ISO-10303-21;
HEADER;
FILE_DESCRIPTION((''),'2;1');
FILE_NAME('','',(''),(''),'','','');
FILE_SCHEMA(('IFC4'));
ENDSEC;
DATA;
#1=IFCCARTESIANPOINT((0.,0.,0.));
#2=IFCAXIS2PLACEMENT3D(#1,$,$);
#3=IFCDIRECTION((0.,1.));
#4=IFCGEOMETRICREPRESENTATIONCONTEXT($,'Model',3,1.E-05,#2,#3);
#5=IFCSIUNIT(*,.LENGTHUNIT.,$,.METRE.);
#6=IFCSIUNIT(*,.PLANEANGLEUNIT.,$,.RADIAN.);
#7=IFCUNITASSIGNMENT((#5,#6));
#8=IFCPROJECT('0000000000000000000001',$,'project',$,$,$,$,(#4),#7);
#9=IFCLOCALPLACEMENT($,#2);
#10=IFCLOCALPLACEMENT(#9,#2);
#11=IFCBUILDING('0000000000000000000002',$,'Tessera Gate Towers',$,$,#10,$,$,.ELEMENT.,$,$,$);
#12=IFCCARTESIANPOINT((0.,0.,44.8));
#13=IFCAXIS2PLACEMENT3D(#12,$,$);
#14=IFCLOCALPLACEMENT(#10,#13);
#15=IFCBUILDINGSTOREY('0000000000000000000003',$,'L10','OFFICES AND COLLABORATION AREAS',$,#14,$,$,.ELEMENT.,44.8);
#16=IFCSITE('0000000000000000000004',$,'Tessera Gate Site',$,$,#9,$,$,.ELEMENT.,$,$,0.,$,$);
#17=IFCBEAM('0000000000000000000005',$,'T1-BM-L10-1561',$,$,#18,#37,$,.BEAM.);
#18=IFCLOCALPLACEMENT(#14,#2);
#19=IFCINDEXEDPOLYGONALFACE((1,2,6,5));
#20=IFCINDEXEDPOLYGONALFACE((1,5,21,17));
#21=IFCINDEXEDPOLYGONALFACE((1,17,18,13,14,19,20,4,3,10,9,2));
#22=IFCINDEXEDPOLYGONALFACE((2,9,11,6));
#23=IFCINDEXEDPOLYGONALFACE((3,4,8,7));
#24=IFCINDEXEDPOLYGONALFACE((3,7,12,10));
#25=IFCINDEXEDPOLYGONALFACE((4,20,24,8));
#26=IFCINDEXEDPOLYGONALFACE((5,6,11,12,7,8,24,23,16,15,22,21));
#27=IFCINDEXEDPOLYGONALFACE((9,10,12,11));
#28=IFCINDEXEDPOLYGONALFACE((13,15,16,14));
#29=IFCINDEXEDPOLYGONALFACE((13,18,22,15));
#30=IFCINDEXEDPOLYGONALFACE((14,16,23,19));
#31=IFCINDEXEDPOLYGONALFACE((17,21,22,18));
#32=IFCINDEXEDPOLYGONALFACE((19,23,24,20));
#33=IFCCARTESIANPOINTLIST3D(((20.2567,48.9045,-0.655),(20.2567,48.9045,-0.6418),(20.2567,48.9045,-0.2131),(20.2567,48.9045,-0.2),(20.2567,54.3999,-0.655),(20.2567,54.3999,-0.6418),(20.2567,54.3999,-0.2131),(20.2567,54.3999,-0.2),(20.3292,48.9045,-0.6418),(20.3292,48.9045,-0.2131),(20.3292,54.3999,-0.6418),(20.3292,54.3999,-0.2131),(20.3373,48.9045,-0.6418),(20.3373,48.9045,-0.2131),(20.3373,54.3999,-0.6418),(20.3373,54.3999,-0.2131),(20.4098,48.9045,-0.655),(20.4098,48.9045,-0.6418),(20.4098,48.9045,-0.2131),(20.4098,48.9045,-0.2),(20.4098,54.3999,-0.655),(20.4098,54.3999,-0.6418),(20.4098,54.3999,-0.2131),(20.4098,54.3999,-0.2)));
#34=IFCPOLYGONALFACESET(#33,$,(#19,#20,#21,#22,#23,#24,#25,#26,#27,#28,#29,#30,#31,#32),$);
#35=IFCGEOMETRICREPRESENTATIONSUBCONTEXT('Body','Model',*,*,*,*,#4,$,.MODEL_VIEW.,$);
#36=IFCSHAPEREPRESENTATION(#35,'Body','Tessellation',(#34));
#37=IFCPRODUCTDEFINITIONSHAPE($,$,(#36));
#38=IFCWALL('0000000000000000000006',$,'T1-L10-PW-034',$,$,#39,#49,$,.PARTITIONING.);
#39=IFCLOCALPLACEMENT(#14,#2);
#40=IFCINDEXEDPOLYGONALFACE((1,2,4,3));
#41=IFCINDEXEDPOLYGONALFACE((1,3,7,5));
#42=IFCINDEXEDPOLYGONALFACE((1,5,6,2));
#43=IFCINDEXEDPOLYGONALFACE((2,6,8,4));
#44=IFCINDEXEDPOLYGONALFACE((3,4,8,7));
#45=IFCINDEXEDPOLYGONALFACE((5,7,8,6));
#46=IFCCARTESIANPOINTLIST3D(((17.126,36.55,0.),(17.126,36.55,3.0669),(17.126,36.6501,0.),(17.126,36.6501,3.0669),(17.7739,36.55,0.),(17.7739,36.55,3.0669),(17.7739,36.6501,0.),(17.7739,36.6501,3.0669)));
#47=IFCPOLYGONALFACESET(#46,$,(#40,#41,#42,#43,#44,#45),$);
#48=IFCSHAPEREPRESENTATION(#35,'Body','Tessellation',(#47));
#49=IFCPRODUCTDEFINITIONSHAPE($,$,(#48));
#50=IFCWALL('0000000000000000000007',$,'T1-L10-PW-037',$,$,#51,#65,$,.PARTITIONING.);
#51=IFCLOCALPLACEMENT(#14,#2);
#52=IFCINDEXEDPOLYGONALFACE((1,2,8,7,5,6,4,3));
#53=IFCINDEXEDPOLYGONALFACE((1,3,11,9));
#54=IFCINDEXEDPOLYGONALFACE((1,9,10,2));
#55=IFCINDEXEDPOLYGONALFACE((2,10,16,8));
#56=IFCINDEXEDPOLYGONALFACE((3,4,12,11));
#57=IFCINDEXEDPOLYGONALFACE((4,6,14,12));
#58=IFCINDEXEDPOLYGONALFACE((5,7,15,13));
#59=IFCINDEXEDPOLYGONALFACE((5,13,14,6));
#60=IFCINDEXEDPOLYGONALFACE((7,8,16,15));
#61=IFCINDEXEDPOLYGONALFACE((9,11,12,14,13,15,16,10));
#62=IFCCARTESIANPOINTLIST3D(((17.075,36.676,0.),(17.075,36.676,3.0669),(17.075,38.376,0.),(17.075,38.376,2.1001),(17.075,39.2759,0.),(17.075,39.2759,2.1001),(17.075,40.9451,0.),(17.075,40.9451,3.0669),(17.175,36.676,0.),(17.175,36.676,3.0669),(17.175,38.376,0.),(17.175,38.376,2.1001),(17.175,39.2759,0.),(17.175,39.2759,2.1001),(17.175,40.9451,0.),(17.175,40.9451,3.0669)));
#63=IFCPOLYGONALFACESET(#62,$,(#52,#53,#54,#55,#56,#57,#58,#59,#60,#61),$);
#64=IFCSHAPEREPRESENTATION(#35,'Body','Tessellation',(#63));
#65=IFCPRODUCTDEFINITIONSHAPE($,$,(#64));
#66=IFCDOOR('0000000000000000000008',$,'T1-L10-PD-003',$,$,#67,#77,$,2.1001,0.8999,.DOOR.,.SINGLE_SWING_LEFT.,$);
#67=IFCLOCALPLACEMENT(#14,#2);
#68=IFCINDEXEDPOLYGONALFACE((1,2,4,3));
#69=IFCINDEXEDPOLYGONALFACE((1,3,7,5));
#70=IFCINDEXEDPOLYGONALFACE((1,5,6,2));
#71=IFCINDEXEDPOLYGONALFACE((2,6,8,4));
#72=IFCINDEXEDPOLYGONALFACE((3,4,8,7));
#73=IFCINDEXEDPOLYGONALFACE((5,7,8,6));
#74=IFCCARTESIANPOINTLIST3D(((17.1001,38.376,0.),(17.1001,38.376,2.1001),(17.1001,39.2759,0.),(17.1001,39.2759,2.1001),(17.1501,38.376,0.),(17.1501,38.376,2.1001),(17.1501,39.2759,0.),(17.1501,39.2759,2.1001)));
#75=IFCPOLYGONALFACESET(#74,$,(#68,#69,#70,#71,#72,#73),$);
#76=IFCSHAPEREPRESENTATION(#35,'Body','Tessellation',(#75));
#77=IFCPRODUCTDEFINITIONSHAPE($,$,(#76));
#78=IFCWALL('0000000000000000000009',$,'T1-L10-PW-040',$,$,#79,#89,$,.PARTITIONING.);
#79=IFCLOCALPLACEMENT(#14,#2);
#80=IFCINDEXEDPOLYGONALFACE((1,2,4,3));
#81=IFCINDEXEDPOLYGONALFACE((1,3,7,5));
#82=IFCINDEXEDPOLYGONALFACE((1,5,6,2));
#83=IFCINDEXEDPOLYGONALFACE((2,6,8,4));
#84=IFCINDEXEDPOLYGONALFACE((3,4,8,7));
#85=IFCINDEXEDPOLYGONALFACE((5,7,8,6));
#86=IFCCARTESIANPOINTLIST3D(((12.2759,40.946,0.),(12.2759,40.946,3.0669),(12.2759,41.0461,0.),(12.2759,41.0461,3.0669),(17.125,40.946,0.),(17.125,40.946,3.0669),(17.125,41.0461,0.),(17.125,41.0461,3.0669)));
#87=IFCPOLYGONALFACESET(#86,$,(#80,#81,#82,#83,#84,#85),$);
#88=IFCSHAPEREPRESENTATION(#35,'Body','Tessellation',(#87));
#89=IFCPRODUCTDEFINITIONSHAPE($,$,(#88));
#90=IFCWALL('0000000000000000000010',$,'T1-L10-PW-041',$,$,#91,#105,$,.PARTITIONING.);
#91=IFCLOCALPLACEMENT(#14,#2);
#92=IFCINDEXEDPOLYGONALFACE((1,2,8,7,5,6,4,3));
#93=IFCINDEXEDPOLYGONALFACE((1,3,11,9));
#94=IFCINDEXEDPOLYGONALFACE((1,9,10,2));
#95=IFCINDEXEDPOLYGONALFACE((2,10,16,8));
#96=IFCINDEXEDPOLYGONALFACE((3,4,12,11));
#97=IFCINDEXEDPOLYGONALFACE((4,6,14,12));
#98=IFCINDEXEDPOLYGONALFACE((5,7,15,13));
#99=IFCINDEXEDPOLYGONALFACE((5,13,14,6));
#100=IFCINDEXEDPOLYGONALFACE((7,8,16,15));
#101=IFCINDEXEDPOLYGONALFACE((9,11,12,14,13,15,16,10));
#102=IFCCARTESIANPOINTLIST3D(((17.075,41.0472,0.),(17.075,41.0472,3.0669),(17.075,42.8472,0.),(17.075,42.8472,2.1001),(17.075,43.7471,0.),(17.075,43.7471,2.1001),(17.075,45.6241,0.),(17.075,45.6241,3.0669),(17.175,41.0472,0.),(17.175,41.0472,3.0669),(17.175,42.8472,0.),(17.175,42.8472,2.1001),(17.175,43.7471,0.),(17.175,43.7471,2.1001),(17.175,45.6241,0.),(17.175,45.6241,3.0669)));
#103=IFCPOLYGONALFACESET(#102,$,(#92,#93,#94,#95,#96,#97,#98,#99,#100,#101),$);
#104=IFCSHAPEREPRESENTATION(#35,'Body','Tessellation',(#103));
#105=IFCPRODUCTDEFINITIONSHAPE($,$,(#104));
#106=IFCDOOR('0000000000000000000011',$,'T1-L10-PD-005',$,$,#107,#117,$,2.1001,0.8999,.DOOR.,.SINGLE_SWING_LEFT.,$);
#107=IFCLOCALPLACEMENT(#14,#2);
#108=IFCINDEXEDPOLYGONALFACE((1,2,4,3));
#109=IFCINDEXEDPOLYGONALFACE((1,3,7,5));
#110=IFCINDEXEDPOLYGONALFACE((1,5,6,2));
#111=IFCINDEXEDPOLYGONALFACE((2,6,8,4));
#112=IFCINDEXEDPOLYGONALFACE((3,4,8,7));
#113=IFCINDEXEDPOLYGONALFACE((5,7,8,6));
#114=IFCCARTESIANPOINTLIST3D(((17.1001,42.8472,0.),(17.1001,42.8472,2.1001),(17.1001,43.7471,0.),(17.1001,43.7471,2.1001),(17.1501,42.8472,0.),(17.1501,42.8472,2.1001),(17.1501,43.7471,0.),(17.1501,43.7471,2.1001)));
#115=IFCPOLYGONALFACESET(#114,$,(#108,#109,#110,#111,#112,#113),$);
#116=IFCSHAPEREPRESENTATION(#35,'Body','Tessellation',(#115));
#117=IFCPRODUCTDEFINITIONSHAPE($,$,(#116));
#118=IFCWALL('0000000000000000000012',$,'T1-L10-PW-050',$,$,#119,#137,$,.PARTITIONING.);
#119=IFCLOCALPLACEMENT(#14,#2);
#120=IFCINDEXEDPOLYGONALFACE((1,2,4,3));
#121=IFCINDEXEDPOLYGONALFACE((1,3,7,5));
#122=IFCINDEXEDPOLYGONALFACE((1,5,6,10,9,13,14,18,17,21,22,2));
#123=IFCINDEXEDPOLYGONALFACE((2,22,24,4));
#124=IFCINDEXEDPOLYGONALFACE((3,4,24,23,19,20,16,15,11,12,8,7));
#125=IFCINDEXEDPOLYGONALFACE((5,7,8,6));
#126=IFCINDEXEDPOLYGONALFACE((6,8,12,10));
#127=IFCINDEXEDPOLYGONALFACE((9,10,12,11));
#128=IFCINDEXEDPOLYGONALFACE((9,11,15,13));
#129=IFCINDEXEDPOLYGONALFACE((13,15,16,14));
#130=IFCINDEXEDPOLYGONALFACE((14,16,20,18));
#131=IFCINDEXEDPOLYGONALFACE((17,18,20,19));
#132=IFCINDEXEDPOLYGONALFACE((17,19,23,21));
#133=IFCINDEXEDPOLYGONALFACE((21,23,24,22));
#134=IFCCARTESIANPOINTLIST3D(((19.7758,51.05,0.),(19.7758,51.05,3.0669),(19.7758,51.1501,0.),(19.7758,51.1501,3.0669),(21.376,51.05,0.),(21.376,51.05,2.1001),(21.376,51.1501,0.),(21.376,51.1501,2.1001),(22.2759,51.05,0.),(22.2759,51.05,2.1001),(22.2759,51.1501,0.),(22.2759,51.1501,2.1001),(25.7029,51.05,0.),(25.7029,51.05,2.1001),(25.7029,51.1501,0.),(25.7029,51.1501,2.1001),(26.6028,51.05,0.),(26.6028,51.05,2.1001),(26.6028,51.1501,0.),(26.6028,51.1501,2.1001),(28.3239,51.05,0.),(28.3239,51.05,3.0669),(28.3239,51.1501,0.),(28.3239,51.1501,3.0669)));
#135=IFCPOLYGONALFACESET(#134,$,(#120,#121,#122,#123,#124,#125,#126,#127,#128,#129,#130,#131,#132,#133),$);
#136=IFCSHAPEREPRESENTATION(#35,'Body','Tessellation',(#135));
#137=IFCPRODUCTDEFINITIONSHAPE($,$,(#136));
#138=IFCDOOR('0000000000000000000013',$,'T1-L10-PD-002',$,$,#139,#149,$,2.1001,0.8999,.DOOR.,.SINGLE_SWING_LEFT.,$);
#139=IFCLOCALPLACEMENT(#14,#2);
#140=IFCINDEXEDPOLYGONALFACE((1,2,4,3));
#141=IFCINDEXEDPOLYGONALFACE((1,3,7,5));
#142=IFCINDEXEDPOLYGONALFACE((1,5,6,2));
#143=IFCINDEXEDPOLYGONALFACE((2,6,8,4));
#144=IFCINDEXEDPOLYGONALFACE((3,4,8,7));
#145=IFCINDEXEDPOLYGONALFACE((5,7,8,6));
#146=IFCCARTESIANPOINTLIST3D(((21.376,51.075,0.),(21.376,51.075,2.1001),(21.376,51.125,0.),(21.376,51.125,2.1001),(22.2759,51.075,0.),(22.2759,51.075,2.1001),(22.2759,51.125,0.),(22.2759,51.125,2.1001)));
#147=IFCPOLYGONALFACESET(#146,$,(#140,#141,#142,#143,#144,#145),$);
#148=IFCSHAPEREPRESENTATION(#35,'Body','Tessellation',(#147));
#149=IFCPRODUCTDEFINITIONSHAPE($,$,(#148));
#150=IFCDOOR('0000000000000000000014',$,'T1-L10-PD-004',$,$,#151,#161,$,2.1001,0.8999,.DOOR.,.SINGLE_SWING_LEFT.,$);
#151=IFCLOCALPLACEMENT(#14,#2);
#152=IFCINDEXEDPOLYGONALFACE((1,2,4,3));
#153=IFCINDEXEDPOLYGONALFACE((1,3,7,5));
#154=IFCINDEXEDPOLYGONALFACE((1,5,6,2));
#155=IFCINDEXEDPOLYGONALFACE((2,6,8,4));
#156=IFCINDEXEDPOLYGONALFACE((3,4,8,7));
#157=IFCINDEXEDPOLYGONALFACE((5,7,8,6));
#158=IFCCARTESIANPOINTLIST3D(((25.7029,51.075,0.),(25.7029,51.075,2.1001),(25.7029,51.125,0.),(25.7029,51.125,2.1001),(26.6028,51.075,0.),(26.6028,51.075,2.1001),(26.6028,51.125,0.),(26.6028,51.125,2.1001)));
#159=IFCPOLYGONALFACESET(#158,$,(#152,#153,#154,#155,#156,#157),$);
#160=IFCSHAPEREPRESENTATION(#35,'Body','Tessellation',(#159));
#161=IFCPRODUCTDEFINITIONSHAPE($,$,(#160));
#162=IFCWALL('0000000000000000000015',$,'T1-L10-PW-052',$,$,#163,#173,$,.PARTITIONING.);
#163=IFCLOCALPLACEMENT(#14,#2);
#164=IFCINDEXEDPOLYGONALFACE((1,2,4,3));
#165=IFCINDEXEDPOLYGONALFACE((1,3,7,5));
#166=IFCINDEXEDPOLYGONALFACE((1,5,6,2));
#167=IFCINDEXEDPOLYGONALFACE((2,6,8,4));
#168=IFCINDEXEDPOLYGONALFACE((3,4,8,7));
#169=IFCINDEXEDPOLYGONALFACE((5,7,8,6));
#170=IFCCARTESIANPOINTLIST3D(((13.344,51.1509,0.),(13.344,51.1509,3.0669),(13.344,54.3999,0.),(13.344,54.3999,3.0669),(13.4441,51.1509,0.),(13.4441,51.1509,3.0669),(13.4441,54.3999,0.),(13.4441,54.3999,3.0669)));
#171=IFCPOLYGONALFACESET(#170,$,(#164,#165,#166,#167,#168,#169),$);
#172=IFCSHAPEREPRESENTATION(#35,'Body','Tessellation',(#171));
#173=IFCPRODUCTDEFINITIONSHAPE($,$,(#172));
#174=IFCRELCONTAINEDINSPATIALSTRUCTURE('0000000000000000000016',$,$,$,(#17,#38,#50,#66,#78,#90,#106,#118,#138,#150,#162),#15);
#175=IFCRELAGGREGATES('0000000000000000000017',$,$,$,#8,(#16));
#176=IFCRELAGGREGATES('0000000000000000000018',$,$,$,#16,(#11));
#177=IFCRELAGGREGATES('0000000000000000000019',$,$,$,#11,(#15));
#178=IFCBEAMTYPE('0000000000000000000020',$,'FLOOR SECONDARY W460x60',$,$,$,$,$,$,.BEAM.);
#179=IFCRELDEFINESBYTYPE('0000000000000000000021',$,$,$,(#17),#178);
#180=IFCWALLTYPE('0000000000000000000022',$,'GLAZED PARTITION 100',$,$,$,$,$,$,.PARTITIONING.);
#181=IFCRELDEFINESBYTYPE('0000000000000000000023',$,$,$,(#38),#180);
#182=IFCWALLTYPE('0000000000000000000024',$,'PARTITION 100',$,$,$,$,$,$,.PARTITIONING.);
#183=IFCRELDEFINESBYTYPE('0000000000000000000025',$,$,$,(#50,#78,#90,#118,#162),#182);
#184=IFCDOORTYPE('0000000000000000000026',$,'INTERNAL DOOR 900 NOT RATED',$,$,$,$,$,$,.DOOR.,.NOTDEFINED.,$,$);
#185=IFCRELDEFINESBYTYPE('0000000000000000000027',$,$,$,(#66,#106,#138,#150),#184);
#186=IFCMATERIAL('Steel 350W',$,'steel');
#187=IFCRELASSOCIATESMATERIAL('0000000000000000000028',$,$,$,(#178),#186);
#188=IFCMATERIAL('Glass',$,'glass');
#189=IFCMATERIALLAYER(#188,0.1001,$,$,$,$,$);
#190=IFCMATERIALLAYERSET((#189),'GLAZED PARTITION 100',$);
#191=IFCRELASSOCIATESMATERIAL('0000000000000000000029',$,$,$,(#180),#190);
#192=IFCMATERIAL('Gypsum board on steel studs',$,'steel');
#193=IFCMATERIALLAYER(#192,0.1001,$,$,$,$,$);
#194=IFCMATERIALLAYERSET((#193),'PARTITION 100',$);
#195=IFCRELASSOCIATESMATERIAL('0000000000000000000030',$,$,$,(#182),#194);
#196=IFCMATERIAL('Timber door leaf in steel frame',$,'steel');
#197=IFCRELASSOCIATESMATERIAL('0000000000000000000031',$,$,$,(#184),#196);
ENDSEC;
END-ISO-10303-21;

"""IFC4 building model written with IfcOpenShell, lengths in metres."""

from ifc_helpers import new_model, si_unit, direction, frame, frame_2d, origin, origin_2d, place, context, subcontext, project, spatial, rectangle, i_section, extrude, source, transform, mapped, material, layer, layer_set, material_profile, profile_set, type_object, element, fill, save


model = new_model("IFC4")

# Units and contexts
model_context = context("Model", 3, precision=1e-05, world=origin(), true_north=direction((0.0, 1.0)))
body_context = subcontext(model_context, "Body", "Model", "MODEL_VIEW")
ifc_project = project(units=[si_unit("LENGTHUNIT", "METRE"), si_unit("PLANEANGLEUNIT", "RADIAN")], contexts=[model_context])

# Site, building, storey
site_placement = place(None, origin())
site = spatial("IfcSite", under=ifc_project, at=site_placement, Name="Tessera Gate Site", CompositionType="ELEMENT", RefElevation=0.0)
building_placement = place(site_placement, origin())
building = spatial("IfcBuilding", under=site, at=building_placement, Name="Tessera Gate Towers", CompositionType="ELEMENT")
storey_placement = place(building_placement, frame((0.0, 0.0, 44.8)))
storey = spatial("IfcBuildingStorey", under=building, at=storey_placement, Name="L10", Description="OFFICES AND COLLABORATION AREAS", CompositionType="ELEMENT", Elevation=44.8)

# Beam
ifc_material_1 = material(Name="Steel 350W", Category="steel")
ifc_material_profile_1 = material_profile(ifc_material_1, i_section(OverallWidth=0.1531, OverallDepth=0.4551, WebThickness=0.0081, FlangeThickness=0.0132, at=origin_2d()), Name="W460x60")
ifc_profile_set_1 = profile_set([ifc_material_profile_1], Name="Steel 350W")
beam_type_1 = type_object("IfcBeamType", Name="FLOOR SECONDARY W460x60", PredefinedType="BEAM", material=ifc_profile_set_1)
beam_1_placement = place(storey_placement, frame((20.3333, 48.9045, -0.4275), z_axis=(0.0, 1.0, 0.0), x_axis=(-1.0, 0.0, 0.0)))
element("IfcBeam", 1, at=beam_1_placement, inside=storey, type_object=beam_type_1, Name="T1-BM-L10-1561", PredefinedType="BEAM", context=body_context, shape_type="SweptSolid", body=[
    extrude(i_section(OverallWidth=0.1531, OverallDepth=0.4551, WebThickness=0.0081, FlangeThickness=0.0132, at=origin_2d()), origin(), (0.0, 0.0, 1.0), 5.4954),
])

# Wall
ifc_material_2 = material(Name="Glass", Category="glass")
ifc_layer_1 = layer(ifc_material_2, 0.1001)
ifc_layer_set_1 = layer_set([ifc_layer_1], Name="GLAZED PARTITION 100")
wall_type_1 = type_object("IfcWallType", Name="GLAZED PARTITION 100", PredefinedType="PARTITIONING", material=ifc_layer_set_1)
wall_1_placement = place(storey_placement, frame((17.126, 36.6001, 0.0), z_axis=(0.0, 0.0, 1.0), x_axis=(1.0, 0.0, 0.0)))
element("IfcWall", 2, at=wall_1_placement, inside=storey, type_object=wall_type_1, Name="T1-L10-PW-034", PredefinedType="PARTITIONING", context=body_context, shape_type="SweptSolid", body=[
    extrude(rectangle(XDim=0.6479, YDim=0.1001, at=frame_2d((0.324, 0.0))), origin(), (0.0, 0.0, 1.0), 3.0669),
])

# Wall, opening, door
ifc_material_3 = material(Name="Gypsum board on steel studs", Category="steel")
ifc_layer_2 = layer(ifc_material_3, 0.1001)
ifc_layer_set_2 = layer_set([ifc_layer_2], Name="PARTITION 100")
wall_type_2 = type_object("IfcWallType", Name="PARTITION 100", PredefinedType="PARTITIONING", material=ifc_layer_set_2)
wall_2_placement = place(storey_placement, frame((17.125, 36.676, 0.0), z_axis=(0.0, 0.0, 1.0), x_axis=(0.0, 1.0, 0.0)))
wall_2 = element("IfcWall", 3, at=wall_2_placement, inside=storey, type_object=wall_type_2, Name="T1-L10-PW-037", PredefinedType="PARTITIONING", context=body_context, shape_type="SweptSolid", body=[
    extrude(rectangle(XDim=4.269, YDim=0.1001, at=frame_2d((2.1345, 0.0))), origin(), (0.0, 0.0, 1.0), 3.0669),
])
shared_shape_1 = source(origin(), body_context, "Body", "SweptSolid", [
    extrude(rectangle(XDim=0.8999, YDim=2.1001, at=frame_2d((0.45, 1.05))), frame((0.0, 0.0601, 0.0), z_axis=(0.0, -1.0, 0.0), x_axis=(1.0, 0.0, 0.0)), (0.0, 0.0, 1.0), 0.1201),
])
opening_1_placement = place(wall_2_placement, frame((1.7, 0.0, 0.0)))
opening_1 = element("IfcOpeningElement", 4, at=opening_1_placement, cuts=wall_2, PredefinedType="OPENING", context=body_context, shape_type="MappedRepresentation", body=[
    mapped(shared_shape_1, transform((0.0, 0.0, 0.0), scale=1.0)),
])
ifc_material_4 = material(Name="Timber door leaf in steel frame", Category="steel")
door_type = type_object("IfcDoorType", Name="INTERNAL DOOR 900 NOT RATED", OperationType="NOTDEFINED", PredefinedType="DOOR", material=ifc_material_4)
shared_shape_2 = source(origin(), body_context, "Body", "SweptSolid", [
    extrude(rectangle(XDim=0.8999, YDim=2.1001, at=frame_2d((0.45, 1.05))), frame((0.0, 0.0249, 0.0), z_axis=(0.0, -1.0, 0.0), x_axis=(1.0, 0.0, 0.0)), (0.0, 0.0, 1.0), 0.05),
])
door_1_placement = place(opening_1_placement, origin())
door_1 = element("IfcDoor", 5, at=door_1_placement, inside=storey, type_object=door_type, Name="T1-L10-PD-003", OperationType="SINGLE_SWING_LEFT", OverallHeight=2.1001, OverallWidth=0.8999, PredefinedType="DOOR", context=body_context, shape_type="MappedRepresentation", body=[
    mapped(shared_shape_2, transform((0.0, 0.0, 0.0), scale=1.0)),
])
fill(opening_1, door_1)

# Wall
wall_3_placement = place(storey_placement, frame((12.2759, 40.9961, 0.0), z_axis=(0.0, 0.0, 1.0), x_axis=(1.0, 0.0, 0.0)))
element("IfcWall", 6, at=wall_3_placement, inside=storey, type_object=wall_type_2, Name="T1-L10-PW-040", PredefinedType="PARTITIONING", context=body_context, shape_type="SweptSolid", body=[
    extrude(rectangle(XDim=4.8491, YDim=0.1001, at=frame_2d((2.4246, 0.0))), origin(), (0.0, 0.0, 1.0), 3.0669),
])

# Wall, opening, door
wall_4_placement = place(storey_placement, frame((17.125, 41.0471, 0.0), z_axis=(0.0, 0.0, 1.0), x_axis=(0.0, 1.0, 0.0)))
wall_4 = element("IfcWall", 7, at=wall_4_placement, inside=storey, type_object=wall_type_2, Name="T1-L10-PW-041", PredefinedType="PARTITIONING", context=body_context, shape_type="SweptSolid", body=[
    extrude(rectangle(XDim=4.5769, YDim=0.1001, at=frame_2d((2.2886, 0.0))), origin(), (0.0, 0.0, 1.0), 3.0669),
])
opening_2_placement = place(wall_4_placement, frame((1.8, 0.0, 0.0)))
opening_2 = element("IfcOpeningElement", 8, at=opening_2_placement, cuts=wall_4, PredefinedType="OPENING", context=body_context, shape_type="MappedRepresentation", body=[
    mapped(shared_shape_1, transform((0.0, 0.0, 0.0), scale=1.0)),
])
door_2_placement = place(opening_2_placement, origin())
door_2 = element("IfcDoor", 9, at=door_2_placement, inside=storey, type_object=door_type, Name="T1-L10-PD-005", OperationType="SINGLE_SWING_LEFT", OverallHeight=2.1001, OverallWidth=0.8999, PredefinedType="DOOR", context=body_context, shape_type="MappedRepresentation", body=[
    mapped(shared_shape_2, transform((0.0, 0.0, 0.0), scale=1.0)),
])
fill(opening_2, door_2)

# Wall, openings, doors
wall_5_placement = place(storey_placement, frame((19.7759, 51.1001, 0.0), z_axis=(0.0, 0.0, 1.0), x_axis=(1.0, 0.0, 0.0)))
wall_5 = element("IfcWall", 10, at=wall_5_placement, inside=storey, type_object=wall_type_2, Name="T1-L10-PW-050", PredefinedType="PARTITIONING", context=body_context, shape_type="SweptSolid", body=[
    extrude(rectangle(XDim=8.5481, YDim=0.1001, at=frame_2d((4.2739, 0.0))), origin(), (0.0, 0.0, 1.0), 3.0669),
])
opening_3_placement = place(wall_5_placement, frame((1.6001, 0.0, 0.0)))
opening_3 = element("IfcOpeningElement", 11, at=opening_3_placement, cuts=wall_5, PredefinedType="OPENING", context=body_context, shape_type="MappedRepresentation", body=[
    mapped(shared_shape_1, transform((0.0, 0.0, 0.0), scale=1.0)),
])
opening_4_placement = place(wall_5_placement, frame((5.927, 0.0, 0.0)))
opening_4 = element("IfcOpeningElement", 12, at=opening_4_placement, cuts=wall_5, PredefinedType="OPENING", context=body_context, shape_type="MappedRepresentation", body=[
    mapped(shared_shape_1, transform((0.0, 0.0, 0.0), scale=1.0)),
])
door_3_placement = place(opening_3_placement, origin())
door_3 = element("IfcDoor", 13, at=door_3_placement, inside=storey, type_object=door_type, Name="T1-L10-PD-002", OperationType="SINGLE_SWING_LEFT", OverallHeight=2.1001, OverallWidth=0.8999, PredefinedType="DOOR", context=body_context, shape_type="MappedRepresentation", body=[
    mapped(shared_shape_2, transform((0.0, 0.0, 0.0), scale=1.0)),
])
fill(opening_3, door_3)
door_4_placement = place(opening_4_placement, origin())
door_4 = element("IfcDoor", 14, at=door_4_placement, inside=storey, type_object=door_type, Name="T1-L10-PD-004", OperationType="SINGLE_SWING_LEFT", OverallHeight=2.1001, OverallWidth=0.8999, PredefinedType="DOOR", context=body_context, shape_type="MappedRepresentation", body=[
    mapped(shared_shape_2, transform((0.0, 0.0, 0.0), scale=1.0)),
])
fill(opening_4, door_4)

# Wall
for number, where, z_axis, x_axis, name in (
    (15, (13.394, 51.1509, 0.0), (0.0, 0.0, 1.0), (0.0, 1.0, 0.0), "T1-L10-PW-052"),
):
    element("IfcWall", number, at=place(storey_placement, frame(where, z_axis=z_axis, x_axis=x_axis)), inside=storey, type_object=wall_type_2, Name=name, PredefinedType="PARTITIONING", context=body_context, shape_type="SweptSolid", body=[
        extrude(rectangle(XDim=3.249, YDim=0.1001, at=frame_2d((1.6245, 0.0))), origin(), (0.0, 0.0, 1.0), 3.0669),
    ])

save(model, "model.ifc")
